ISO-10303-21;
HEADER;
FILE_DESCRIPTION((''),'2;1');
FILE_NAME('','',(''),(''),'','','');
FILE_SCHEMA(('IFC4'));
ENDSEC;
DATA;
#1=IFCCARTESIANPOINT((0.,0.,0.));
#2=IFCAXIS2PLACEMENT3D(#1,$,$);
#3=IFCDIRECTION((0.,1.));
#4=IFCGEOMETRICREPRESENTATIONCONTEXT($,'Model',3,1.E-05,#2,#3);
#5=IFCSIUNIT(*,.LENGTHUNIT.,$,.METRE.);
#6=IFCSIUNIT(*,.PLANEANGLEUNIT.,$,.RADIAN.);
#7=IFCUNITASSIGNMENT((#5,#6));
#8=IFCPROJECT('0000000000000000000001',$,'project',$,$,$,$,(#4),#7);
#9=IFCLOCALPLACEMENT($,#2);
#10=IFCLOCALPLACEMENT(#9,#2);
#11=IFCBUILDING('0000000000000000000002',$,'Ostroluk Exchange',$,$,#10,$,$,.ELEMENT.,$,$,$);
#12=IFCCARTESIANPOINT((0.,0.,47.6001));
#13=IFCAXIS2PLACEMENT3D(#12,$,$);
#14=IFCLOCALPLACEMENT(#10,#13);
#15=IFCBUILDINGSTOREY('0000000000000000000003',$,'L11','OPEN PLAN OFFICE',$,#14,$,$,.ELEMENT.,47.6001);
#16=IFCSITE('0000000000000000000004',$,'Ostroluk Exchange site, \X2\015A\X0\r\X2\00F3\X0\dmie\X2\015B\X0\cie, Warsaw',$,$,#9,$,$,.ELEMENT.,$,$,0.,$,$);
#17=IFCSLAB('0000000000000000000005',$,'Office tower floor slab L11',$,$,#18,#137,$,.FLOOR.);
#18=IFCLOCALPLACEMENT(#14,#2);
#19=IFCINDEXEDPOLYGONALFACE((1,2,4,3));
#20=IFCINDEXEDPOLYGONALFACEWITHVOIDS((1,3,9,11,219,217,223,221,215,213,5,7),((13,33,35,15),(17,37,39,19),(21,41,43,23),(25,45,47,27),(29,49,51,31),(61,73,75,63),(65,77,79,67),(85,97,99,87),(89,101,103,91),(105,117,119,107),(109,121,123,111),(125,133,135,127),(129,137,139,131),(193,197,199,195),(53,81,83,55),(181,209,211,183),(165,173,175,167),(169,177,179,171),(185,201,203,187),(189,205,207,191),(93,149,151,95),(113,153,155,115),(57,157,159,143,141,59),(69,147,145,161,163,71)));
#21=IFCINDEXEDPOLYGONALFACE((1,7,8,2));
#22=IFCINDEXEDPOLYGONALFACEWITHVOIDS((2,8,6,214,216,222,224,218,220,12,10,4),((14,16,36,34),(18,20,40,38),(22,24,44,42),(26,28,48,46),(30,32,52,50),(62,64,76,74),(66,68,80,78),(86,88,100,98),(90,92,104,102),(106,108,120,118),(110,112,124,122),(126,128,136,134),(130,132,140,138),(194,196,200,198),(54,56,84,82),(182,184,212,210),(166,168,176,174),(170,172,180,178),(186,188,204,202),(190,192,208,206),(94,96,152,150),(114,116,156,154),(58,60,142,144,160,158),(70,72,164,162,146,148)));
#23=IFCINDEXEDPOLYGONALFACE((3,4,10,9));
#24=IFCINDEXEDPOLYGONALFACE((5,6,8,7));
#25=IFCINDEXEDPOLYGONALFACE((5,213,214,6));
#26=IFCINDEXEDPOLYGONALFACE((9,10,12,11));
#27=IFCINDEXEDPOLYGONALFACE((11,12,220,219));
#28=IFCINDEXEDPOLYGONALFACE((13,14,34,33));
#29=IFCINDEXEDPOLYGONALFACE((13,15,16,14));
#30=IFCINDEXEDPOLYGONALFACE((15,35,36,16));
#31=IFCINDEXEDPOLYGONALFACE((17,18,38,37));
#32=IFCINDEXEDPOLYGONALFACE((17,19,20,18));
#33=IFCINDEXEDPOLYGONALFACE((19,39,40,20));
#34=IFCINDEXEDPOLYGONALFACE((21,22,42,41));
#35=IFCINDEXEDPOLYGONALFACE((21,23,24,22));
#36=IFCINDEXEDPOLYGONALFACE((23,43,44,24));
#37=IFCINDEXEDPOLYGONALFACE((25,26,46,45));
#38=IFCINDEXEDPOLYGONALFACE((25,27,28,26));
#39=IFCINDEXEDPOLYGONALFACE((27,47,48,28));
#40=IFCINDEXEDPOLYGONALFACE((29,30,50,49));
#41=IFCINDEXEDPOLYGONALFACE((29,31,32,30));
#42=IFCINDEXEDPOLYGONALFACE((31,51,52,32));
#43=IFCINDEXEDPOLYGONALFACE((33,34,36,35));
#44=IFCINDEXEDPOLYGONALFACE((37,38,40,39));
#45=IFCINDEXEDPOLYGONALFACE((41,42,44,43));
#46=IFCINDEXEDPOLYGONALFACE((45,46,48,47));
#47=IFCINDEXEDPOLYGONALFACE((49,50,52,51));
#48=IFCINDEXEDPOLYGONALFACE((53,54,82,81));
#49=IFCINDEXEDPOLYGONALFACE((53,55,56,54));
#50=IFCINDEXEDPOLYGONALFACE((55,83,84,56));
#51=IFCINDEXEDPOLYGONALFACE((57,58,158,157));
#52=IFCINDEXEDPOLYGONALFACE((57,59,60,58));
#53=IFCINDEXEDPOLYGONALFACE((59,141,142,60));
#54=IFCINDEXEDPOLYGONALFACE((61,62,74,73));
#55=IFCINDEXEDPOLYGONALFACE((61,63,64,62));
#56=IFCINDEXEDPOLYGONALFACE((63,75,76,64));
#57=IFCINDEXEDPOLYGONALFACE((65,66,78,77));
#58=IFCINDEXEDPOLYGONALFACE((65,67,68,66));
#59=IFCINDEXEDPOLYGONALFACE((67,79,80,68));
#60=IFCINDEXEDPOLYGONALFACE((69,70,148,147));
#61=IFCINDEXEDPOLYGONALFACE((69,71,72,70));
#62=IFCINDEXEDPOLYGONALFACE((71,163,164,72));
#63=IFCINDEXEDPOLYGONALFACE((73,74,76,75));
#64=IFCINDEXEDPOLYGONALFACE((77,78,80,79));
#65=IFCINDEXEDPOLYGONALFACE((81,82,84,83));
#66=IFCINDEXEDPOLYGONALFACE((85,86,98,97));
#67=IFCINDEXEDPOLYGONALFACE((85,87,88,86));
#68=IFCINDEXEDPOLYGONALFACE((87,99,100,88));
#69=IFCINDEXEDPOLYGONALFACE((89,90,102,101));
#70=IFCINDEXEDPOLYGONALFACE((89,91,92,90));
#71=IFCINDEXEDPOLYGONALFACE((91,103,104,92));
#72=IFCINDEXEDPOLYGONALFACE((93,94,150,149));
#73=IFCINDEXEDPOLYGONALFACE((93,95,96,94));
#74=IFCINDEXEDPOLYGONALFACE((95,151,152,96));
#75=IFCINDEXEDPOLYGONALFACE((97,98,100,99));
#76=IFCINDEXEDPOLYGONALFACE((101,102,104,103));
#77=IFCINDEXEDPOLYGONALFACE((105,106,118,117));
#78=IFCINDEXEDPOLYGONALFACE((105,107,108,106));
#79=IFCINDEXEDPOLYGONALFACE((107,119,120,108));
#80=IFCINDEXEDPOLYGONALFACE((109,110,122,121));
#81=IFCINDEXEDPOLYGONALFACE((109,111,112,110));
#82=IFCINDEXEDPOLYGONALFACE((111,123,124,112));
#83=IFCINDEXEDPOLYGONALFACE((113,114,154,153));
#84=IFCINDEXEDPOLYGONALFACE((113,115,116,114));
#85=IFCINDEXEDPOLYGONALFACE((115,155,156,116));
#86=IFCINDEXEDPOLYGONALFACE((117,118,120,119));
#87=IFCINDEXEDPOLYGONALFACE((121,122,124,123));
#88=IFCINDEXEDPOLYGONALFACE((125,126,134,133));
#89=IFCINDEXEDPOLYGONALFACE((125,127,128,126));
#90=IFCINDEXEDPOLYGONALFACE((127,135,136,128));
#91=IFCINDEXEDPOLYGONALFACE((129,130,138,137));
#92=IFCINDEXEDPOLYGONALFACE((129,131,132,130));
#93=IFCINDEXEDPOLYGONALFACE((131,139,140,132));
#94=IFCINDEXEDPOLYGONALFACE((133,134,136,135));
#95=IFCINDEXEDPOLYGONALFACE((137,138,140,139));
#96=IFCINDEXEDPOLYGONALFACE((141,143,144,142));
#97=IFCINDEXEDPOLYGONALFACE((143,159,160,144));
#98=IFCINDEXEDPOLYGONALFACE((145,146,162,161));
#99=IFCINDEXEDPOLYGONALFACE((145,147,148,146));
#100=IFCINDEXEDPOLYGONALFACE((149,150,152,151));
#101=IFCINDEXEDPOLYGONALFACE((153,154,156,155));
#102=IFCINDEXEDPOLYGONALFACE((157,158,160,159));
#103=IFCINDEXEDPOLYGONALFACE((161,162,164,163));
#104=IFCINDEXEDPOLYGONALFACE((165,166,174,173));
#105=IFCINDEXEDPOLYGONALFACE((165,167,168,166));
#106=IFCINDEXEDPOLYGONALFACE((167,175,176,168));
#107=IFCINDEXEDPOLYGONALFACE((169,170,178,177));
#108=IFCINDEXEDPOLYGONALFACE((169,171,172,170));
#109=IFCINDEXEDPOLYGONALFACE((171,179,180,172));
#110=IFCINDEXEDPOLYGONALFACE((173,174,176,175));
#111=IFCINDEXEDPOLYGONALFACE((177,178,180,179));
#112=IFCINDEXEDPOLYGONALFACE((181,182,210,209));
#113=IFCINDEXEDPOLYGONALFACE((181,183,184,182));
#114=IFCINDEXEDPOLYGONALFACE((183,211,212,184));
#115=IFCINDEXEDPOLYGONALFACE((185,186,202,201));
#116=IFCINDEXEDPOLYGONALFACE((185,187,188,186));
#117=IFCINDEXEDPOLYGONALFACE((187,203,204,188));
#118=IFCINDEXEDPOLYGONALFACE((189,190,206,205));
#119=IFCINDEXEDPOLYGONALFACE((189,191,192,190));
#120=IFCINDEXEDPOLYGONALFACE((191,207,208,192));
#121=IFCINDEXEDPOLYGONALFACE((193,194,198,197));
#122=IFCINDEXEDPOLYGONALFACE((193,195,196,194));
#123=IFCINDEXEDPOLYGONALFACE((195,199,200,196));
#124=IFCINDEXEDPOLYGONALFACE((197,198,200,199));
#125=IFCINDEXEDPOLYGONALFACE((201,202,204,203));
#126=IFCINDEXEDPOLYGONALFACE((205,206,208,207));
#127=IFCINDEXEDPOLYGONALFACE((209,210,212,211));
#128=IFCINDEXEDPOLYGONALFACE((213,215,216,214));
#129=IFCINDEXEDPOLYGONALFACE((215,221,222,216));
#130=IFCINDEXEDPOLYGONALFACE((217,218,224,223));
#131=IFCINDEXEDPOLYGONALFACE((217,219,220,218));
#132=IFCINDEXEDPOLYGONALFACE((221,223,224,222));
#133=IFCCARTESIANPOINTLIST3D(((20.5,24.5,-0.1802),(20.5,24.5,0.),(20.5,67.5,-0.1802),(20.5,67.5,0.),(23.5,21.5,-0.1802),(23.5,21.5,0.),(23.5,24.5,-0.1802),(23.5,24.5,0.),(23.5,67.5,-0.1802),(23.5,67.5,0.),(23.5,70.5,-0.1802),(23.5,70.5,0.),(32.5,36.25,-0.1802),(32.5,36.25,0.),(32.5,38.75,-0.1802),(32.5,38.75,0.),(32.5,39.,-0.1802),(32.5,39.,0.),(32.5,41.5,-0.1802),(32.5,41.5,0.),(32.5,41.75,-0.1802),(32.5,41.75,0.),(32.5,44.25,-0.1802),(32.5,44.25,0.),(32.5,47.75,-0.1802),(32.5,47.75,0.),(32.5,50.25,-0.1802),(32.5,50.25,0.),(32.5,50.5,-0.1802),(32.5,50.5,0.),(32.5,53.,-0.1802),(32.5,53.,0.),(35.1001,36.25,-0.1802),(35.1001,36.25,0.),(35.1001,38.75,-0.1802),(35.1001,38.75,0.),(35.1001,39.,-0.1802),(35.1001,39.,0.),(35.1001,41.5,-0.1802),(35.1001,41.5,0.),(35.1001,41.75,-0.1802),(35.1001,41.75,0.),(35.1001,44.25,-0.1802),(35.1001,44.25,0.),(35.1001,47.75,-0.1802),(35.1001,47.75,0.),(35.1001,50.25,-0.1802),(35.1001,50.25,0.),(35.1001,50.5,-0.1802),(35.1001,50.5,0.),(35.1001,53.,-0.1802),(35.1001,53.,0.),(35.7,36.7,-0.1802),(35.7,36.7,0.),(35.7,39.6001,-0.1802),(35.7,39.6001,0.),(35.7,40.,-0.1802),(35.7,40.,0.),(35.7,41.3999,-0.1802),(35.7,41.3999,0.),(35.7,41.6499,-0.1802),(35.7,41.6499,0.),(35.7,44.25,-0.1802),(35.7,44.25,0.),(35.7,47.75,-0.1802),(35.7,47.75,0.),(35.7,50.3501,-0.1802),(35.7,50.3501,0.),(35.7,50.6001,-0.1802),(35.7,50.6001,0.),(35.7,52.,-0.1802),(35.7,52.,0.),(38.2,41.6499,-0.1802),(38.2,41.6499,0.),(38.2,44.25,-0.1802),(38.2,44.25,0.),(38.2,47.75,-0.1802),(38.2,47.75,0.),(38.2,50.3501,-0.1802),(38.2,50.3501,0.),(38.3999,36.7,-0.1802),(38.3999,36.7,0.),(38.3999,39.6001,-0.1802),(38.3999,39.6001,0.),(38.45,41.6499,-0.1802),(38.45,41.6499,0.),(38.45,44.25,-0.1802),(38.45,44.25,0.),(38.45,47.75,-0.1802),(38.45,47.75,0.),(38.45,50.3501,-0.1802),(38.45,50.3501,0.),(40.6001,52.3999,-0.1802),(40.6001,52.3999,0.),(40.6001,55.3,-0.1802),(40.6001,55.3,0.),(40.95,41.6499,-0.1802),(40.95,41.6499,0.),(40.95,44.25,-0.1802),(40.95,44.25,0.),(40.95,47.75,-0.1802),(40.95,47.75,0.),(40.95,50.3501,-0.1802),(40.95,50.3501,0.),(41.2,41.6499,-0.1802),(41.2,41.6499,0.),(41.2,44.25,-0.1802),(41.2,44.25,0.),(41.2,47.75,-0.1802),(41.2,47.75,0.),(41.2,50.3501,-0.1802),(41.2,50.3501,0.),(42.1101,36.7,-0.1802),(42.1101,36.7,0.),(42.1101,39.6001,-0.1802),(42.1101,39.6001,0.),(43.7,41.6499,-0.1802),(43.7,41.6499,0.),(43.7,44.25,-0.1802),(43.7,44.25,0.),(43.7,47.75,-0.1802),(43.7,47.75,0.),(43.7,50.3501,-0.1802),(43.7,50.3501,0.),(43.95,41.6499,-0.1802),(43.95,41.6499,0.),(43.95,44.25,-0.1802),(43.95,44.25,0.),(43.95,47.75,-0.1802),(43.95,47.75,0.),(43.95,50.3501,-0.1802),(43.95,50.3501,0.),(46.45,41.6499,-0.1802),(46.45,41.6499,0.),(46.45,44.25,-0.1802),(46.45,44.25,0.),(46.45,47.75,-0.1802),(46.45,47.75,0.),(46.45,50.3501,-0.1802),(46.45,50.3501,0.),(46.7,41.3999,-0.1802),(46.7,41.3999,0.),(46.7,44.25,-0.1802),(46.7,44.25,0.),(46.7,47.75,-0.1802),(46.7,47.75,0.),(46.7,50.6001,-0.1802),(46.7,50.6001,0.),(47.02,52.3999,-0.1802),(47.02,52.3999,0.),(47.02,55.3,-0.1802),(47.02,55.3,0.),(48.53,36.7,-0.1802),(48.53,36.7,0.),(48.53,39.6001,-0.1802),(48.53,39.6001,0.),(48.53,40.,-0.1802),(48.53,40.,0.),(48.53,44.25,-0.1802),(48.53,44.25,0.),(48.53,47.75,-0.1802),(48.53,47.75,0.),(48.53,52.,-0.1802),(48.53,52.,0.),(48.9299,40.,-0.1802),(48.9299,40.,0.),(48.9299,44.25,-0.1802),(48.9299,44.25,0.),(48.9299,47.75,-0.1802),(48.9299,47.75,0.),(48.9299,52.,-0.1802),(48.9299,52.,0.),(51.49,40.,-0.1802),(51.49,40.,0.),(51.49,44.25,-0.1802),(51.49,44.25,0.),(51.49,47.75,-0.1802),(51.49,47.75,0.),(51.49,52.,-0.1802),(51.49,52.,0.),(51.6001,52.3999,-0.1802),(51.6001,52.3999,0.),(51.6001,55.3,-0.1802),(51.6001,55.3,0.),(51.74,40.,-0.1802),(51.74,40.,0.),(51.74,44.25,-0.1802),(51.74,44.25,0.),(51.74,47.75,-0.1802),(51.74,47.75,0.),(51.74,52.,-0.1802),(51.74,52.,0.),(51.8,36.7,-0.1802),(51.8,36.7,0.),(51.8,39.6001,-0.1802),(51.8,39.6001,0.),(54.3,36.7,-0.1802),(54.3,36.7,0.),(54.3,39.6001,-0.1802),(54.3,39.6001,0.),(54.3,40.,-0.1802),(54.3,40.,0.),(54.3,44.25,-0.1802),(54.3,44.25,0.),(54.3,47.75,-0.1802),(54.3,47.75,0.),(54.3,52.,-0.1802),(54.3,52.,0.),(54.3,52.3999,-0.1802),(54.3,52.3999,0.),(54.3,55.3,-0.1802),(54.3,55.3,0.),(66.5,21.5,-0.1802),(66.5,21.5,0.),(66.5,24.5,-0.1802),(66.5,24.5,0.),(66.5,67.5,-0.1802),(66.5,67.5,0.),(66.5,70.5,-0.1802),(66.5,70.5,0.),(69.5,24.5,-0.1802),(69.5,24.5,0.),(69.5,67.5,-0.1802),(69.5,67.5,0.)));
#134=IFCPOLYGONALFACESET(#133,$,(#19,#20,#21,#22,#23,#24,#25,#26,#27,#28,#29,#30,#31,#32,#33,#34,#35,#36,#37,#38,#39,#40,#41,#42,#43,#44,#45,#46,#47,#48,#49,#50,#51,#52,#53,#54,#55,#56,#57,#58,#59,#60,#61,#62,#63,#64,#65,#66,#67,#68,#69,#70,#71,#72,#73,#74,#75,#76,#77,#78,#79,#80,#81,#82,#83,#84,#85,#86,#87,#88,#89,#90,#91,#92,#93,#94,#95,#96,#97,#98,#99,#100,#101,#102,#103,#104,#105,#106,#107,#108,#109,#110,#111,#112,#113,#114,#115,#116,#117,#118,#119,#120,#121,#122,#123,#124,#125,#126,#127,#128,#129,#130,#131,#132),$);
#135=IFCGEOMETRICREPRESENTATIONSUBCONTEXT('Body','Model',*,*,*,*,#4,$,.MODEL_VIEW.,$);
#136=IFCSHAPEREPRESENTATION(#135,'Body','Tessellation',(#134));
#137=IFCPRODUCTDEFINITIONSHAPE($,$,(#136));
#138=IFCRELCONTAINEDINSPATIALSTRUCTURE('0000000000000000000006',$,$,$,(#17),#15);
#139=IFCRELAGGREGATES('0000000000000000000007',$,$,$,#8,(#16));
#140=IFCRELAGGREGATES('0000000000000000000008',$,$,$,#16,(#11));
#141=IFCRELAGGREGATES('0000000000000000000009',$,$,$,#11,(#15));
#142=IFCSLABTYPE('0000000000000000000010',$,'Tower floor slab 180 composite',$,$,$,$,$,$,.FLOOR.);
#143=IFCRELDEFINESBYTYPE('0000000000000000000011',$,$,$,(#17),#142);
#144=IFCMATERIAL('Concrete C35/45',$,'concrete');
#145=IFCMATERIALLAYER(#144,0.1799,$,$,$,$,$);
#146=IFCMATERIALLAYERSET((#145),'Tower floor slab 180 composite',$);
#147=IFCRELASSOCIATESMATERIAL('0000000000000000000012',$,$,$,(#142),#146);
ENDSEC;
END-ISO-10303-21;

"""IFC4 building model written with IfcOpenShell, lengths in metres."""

from ifc_helpers import new_model, si_unit, direction, frame, origin, place, context, subcontext, project, spatial, polyline, outline, extrude, material, layer, layer_set, type_object, element, save


model = new_model("IFC4")

# Units and contexts
model_context = context("Model", 3, precision=1e-05, world=origin(), true_north=direction((0.0, 1.0)))
body_context = subcontext(model_context, "Body", "Model", "MODEL_VIEW")
ifc_project = project(units=[si_unit("LENGTHUNIT", "METRE"), si_unit("PLANEANGLEUNIT", "RADIAN")], contexts=[model_context])

# Site, building, storey
site_placement = place(None, origin())
site = spatial("IfcSite", under=ifc_project, at=site_placement, Name="Ostroluk Exchange site, Śródmieście, Warsaw", CompositionType="ELEMENT", RefElevation=0.0)
building_placement = place(site_placement, origin())
building = spatial("IfcBuilding", under=site, at=building_placement, Name="Ostroluk Exchange", CompositionType="ELEMENT")
storey_placement = place(building_placement, frame((0.0, 0.0, 47.6001)))
storey = spatial("IfcBuildingStorey", under=building, at=storey_placement, Name="L11", Description="OPEN PLAN OFFICE", CompositionType="ELEMENT", Elevation=47.6001)

# Slab
ifc_material_1 = material(Name="Concrete C35/45", Category="concrete")
ifc_layer_1 = layer(ifc_material_1, 0.1799)
ifc_layer_set_1 = layer_set([ifc_layer_1], Name="Tower floor slab 180 composite")
slab_type_1 = type_object("IfcSlabType", Name="Tower floor slab 180 composite", PredefinedType="FLOOR", material=ifc_layer_set_1)
slab_1_placement = place(storey_placement, frame((0.0, 0.0, -0.1802)))
element("IfcSlab", 1, at=slab_1_placement, inside=storey, type_object=slab_type_1, Name="Office tower floor slab L11", PredefinedType="FLOOR", context=body_context, shape_type="SweptSolid", body=[
    extrude(outline(polyline([(23.5, 21.5), (66.5, 21.5), (66.5, 24.5), (69.5, 24.5), (69.5, 67.5), (66.5, 67.5), (66.5, 70.5), (23.5, 70.5), (23.5, 67.5), (20.5, 67.5), (20.5, 24.5), (23.5, 24.5), (23.5, 21.5)]), holes=[polyline([(35.7, 36.7), (38.3999, 36.7), (38.3999, 39.6001), (35.7, 39.6001), (35.7, 36.7)]), polyline([(42.1101, 36.7), (48.53, 36.7), (48.53, 39.6001), (42.1101, 39.6001), (42.1101, 36.7)]), polyline([(51.8, 36.7), (54.3, 36.7), (54.3, 39.6001), (51.8, 39.6001), (51.8, 36.7)]), polyline([(40.6001, 52.3999), (47.02, 52.3999), (47.02, 55.3), (40.6001, 55.3), (40.6001, 52.3999)]), polyline([(51.6001, 52.3999), (54.3, 52.3999), (54.3, 55.3), (51.6001, 55.3), (51.6001, 52.3999)]), polyline([(35.7, 47.75), (38.2, 47.75), (38.2, 50.3501), (35.7, 50.3501), (35.7, 47.75)]), polyline([(38.45, 47.75), (40.95, 47.75), (40.95, 50.3501), (38.45, 50.3501), (38.45, 47.75)]), polyline([(41.2, 47.75), (43.7, 47.75), (43.7, 50.3501), (41.2, 50.3501), (41.2, 47.75)]), polyline([(43.95, 47.75), (46.45, 47.75), (46.45, 50.3501), (43.95, 50.3501), (43.95, 47.75)]), polyline([(35.7, 41.6499), (38.2, 41.6499), (38.2, 44.25), (35.7, 44.25), (35.7, 41.6499)]), polyline([(38.45, 41.6499), (40.95, 41.6499), (40.95, 44.25), (38.45, 44.25), (38.45, 41.6499)]), polyline([(41.2, 41.6499), (43.7, 41.6499), (43.7, 44.25), (41.2, 44.25), (41.2, 41.6499)]), polyline([(43.95, 41.6499), (46.45, 41.6499), (46.45, 44.25), (43.95, 44.25), (43.95, 41.6499)]), polyline([(48.9299, 47.75), (51.49, 47.75), (51.49, 52.0), (48.9299, 52.0), (48.9299, 47.75)]), polyline([(51.74, 47.75), (54.3, 47.75), (54.3, 52.0), (51.74, 52.0), (51.74, 47.75)]), polyline([(48.9299, 40.0), (51.49, 40.0), (51.49, 44.25), (48.9299, 44.25), (48.9299, 40.0)]), polyline([(51.74, 40.0), (54.3, 40.0), (54.3, 44.25), (51.74, 44.25), (51.74, 40.0)]), polyline([(48.53, 52.0), (48.53, 47.75), (46.7, 47.75), (46.7, 50.6001), (35.7, 50.6001), (35.7, 52.0), (48.53, 52.0)]), polyline([(35.7, 40.0), (35.7, 41.3999), (46.7, 41.3999), (46.7, 44.25), (48.53, 44.25), (48.53, 40.0), (35.7, 40.0)]), polyline([(32.5, 36.25), (35.1001, 36.25), (35.1001, 38.75), (32.5, 38.75), (32.5, 36.25)]), polyline([(32.5, 39.0), (35.1001, 39.0), (35.1001, 41.5), (32.5, 41.5), (32.5, 39.0)]), polyline([(32.5, 41.75), (35.1001, 41.75), (35.1001, 44.25), (32.5, 44.25), (32.5, 41.75)]), polyline([(32.5, 47.75), (35.1001, 47.75), (35.1001, 50.25), (32.5, 50.25), (32.5, 47.75)]), polyline([(32.5, 50.5), (35.1001, 50.5), (35.1001, 53.0), (32.5, 53.0), (32.5, 50.5)])]), origin(), (0.0, 0.0, 1.0), 0.1802),
])

save(model, "model.ifc")
